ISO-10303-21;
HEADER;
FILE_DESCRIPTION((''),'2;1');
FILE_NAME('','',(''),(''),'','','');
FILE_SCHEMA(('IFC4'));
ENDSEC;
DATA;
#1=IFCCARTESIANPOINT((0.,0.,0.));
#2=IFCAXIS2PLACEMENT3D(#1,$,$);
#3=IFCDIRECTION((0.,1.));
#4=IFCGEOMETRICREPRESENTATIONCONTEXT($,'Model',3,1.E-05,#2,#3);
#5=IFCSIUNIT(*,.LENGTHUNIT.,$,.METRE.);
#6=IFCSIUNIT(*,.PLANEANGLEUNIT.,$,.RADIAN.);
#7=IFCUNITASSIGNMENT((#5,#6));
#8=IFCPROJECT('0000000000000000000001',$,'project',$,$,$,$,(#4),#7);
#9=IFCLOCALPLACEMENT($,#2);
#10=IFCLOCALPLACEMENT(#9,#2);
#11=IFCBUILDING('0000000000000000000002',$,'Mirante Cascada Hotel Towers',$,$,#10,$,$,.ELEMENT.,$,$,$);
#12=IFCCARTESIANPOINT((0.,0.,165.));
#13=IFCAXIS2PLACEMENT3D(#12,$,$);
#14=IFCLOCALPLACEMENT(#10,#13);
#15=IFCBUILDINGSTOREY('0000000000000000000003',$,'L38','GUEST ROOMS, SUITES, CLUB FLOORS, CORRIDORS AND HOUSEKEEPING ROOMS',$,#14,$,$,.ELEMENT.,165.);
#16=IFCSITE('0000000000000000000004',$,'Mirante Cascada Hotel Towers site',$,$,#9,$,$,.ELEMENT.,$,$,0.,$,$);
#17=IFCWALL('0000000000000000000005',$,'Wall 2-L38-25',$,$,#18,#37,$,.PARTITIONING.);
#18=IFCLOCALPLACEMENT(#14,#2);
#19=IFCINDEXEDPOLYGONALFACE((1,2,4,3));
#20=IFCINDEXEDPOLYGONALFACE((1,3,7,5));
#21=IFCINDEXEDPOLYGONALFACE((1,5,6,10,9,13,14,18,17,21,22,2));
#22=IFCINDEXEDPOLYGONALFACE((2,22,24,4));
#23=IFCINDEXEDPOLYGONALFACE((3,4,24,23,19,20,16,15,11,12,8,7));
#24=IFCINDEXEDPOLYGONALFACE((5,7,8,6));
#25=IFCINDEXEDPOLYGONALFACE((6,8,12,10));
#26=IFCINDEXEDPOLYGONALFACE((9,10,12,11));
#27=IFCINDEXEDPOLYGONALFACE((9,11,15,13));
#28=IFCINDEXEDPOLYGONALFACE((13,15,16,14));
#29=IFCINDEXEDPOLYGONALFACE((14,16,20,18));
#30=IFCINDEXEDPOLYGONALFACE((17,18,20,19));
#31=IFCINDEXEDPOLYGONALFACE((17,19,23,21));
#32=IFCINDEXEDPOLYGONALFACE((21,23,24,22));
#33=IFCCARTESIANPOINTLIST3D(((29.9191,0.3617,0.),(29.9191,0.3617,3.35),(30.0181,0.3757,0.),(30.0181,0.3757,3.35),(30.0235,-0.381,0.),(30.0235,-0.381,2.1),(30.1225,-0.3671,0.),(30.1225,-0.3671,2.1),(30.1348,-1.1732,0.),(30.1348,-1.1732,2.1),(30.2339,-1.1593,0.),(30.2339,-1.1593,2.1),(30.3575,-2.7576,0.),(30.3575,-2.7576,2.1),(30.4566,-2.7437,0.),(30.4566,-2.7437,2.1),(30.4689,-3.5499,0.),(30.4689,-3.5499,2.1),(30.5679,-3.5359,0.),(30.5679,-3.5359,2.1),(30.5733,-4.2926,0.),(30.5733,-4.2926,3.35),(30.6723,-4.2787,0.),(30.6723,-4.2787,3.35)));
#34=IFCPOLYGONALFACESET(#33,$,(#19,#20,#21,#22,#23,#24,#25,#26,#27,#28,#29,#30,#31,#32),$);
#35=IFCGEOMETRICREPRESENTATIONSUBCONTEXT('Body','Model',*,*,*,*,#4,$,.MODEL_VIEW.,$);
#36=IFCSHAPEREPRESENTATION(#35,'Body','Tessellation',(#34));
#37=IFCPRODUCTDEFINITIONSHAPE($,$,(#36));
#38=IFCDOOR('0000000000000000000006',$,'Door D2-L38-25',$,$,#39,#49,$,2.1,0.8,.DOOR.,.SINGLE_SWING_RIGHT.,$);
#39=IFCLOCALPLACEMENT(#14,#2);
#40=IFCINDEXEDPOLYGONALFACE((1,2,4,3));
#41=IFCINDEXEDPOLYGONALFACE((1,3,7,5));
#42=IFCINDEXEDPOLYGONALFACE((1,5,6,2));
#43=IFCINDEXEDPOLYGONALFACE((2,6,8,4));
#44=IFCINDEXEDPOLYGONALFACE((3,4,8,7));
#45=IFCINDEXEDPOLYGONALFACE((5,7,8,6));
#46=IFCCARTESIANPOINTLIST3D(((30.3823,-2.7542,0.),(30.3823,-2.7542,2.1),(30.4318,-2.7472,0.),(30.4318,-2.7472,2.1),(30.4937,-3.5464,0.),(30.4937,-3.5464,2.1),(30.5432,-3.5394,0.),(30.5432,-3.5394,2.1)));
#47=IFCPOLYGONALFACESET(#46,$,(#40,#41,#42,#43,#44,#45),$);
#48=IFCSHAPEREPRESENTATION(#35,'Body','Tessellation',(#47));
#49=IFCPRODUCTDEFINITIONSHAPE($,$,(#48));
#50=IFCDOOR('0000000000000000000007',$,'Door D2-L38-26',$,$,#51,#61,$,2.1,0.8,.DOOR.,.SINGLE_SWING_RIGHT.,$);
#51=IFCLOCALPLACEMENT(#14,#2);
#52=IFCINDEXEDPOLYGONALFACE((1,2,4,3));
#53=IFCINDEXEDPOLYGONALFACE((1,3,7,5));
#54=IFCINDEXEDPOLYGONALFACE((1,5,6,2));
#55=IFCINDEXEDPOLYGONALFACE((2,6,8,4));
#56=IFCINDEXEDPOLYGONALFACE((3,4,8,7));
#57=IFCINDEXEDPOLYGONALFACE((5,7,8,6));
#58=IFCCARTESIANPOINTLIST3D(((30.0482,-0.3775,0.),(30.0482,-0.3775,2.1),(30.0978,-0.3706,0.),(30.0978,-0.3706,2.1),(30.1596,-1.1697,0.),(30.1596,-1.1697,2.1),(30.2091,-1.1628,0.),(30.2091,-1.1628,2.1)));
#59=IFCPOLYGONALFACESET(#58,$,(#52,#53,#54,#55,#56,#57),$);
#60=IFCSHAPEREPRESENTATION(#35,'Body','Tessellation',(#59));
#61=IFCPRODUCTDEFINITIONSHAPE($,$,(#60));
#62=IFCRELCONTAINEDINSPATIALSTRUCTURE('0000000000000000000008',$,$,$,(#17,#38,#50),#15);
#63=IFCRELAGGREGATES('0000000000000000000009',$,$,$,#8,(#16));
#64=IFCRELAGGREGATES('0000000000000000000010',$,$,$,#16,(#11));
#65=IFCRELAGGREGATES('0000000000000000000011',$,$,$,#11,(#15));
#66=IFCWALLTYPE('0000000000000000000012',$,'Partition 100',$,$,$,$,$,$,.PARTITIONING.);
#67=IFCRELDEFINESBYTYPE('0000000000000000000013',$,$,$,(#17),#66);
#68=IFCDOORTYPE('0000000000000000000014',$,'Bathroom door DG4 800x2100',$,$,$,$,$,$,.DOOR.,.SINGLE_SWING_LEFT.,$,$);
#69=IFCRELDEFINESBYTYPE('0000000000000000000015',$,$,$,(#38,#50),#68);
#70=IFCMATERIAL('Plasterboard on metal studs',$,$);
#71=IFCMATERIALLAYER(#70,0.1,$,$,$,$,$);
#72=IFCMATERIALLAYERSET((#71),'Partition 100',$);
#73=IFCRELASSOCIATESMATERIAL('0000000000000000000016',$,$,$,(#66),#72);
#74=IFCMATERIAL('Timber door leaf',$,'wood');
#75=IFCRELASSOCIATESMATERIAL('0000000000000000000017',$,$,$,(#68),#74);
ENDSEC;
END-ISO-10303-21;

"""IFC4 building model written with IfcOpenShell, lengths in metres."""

from ifc_helpers import new_model, si_unit, direction, frame, frame_2d, origin, place, context, subcontext, project, spatial, rectangle, extrude, material, layer, layer_set, type_object, element, fill, save


model = new_model("IFC4")

# Units and contexts
model_context = context("Model", 3, precision=1e-05, world=origin(), true_north=direction((0.0, 1.0)))
body_context = subcontext(model_context, "Body", "Model", "MODEL_VIEW")
ifc_project = project(units=[si_unit("LENGTHUNIT", "METRE"), si_unit("PLANEANGLEUNIT", "RADIAN")], contexts=[model_context])

# Site, building, storey
site_placement = place(None, origin())
site = spatial("IfcSite", under=ifc_project, at=site_placement, Name="Mirante Cascada Hotel Towers site", CompositionType="ELEMENT", RefElevation=0.0)
building_placement = place(site_placement, origin())
building = spatial("IfcBuilding", under=site, at=building_placement, Name="Mirante Cascada Hotel Towers", CompositionType="ELEMENT")
storey_placement = place(building_placement, frame((0.0, 0.0, 165.0)))
storey = spatial("IfcBuildingStorey", under=building, at=storey_placement, Name="L38", Description="GUEST ROOMS, SUITES, CLUB FLOORS, CORRIDORS AND HOUSEKEEPING ROOMS", CompositionType="ELEMENT", Elevation=165.0)

# Shared definitions
ifc_material_1 = material(Name="Plasterboard on metal studs")
ifc_layer_1 = layer(ifc_material_1, 0.1)
ifc_layer_set_1 = layer_set([ifc_layer_1], Name="Partition 100")
wall_type_1 = type_object("IfcWallType", Name="Partition 100", PredefinedType="PARTITIONING", material=ifc_layer_set_1)

# Shared definitions
ifc_material_2 = material(Name="Timber door leaf", Category="wood")
door_type_1 = type_object("IfcDoorType", Name="Bathroom door DG4 800x2100", OperationType="SINGLE_SWING_LEFT", PredefinedType="DOOR", material=ifc_material_2)

# Wall, openings, doors
wall_1_placement = place(storey_placement, frame((30.6228, -4.2856, 0.0), z_axis=(0.0, 0.0, 1.0), x_axis=(-0.13919, 0.990266, 0.0)))
wall_1 = element("IfcWall", 1, at=wall_1_placement, inside=storey, type_object=wall_type_1, Name="Wall 2-L38-25", PredefinedType="PARTITIONING", context=body_context, shape_type="SweptSolid", body=[
    extrude(rectangle(XDim=4.7001, YDim=0.1, at=frame_2d((2.35, 0.0))), origin(), (0.0, 0.0, 1.0), 3.35),
])
opening_1_placement = place(wall_1_placement, frame((0.75, 0.0, 0.0)))
opening_1 = element("IfcOpeningElement", 2, at=opening_1_placement, cuts=wall_1, PredefinedType="OPENING", context=body_context, shape_type="SweptSolid", body=[
    extrude(rectangle(XDim=0.8, YDim=2.1, at=frame_2d((0.4, 1.05))), frame((0.0, 0.05, 0.0), z_axis=(0.0, -1.0, 0.0), x_axis=(1.0, 0.0, 0.0)), (0.0, 0.0, 1.0), 0.1),
])
opening_2_placement = place(wall_1_placement, frame((3.15, 0.0, 0.0)))
opening_2 = element("IfcOpeningElement", 3, at=opening_2_placement, cuts=wall_1, PredefinedType="OPENING", context=body_context, shape_type="SweptSolid", body=[
    extrude(rectangle(XDim=0.8, YDim=2.1, at=frame_2d((0.4, 1.05))), frame((0.0, 0.05, 0.0), z_axis=(0.0, -1.0, 0.0), x_axis=(1.0, 0.0, 0.0)), (0.0, 0.0, 1.0), 0.1),
])
door_1_placement = place(opening_1_placement, frame((0.8, 0.0, 0.0), z_axis=(0.0, 0.0, 1.0), x_axis=(-1.0, 0.0, 0.0)))
door_1 = element("IfcDoor", 4, at=door_1_placement, inside=storey, type_object=door_type_1, Name="Door D2-L38-25", OperationType="SINGLE_SWING_RIGHT", OverallHeight=2.1, OverallWidth=0.8, PredefinedType="DOOR", context=body_context, shape_type="SweptSolid", body=[
    extrude(rectangle(XDim=0.8, YDim=2.1, at=frame_2d((0.4, 1.05))), frame((0.0, 0.025, 0.0), z_axis=(0.0, -1.0, 0.0), x_axis=(1.0, 0.0, 0.0)), (0.0, 0.0, 1.0), 0.05),
])
fill(opening_1, door_1)
door_2_placement = place(opening_2_placement, frame((0.8, 0.0, 0.0), z_axis=(0.0, 0.0, 1.0), x_axis=(-1.0, 0.0, 0.0)))
door_2 = element("IfcDoor", 5, at=door_2_placement, inside=storey, type_object=door_type_1, Name="Door D2-L38-26", OperationType="SINGLE_SWING_RIGHT", OverallHeight=2.1, OverallWidth=0.8, PredefinedType="DOOR", context=body_context, shape_type="SweptSolid", body=[
    extrude(rectangle(XDim=0.8, YDim=2.1, at=frame_2d((0.4, 1.05))), frame((0.0, 0.025, 0.0), z_axis=(0.0, -1.0, 0.0), x_axis=(1.0, 0.0, 0.0)), (0.0, 0.0, 1.0), 0.05),
])
fill(opening_2, door_2)

save(model, "model.ifc")
